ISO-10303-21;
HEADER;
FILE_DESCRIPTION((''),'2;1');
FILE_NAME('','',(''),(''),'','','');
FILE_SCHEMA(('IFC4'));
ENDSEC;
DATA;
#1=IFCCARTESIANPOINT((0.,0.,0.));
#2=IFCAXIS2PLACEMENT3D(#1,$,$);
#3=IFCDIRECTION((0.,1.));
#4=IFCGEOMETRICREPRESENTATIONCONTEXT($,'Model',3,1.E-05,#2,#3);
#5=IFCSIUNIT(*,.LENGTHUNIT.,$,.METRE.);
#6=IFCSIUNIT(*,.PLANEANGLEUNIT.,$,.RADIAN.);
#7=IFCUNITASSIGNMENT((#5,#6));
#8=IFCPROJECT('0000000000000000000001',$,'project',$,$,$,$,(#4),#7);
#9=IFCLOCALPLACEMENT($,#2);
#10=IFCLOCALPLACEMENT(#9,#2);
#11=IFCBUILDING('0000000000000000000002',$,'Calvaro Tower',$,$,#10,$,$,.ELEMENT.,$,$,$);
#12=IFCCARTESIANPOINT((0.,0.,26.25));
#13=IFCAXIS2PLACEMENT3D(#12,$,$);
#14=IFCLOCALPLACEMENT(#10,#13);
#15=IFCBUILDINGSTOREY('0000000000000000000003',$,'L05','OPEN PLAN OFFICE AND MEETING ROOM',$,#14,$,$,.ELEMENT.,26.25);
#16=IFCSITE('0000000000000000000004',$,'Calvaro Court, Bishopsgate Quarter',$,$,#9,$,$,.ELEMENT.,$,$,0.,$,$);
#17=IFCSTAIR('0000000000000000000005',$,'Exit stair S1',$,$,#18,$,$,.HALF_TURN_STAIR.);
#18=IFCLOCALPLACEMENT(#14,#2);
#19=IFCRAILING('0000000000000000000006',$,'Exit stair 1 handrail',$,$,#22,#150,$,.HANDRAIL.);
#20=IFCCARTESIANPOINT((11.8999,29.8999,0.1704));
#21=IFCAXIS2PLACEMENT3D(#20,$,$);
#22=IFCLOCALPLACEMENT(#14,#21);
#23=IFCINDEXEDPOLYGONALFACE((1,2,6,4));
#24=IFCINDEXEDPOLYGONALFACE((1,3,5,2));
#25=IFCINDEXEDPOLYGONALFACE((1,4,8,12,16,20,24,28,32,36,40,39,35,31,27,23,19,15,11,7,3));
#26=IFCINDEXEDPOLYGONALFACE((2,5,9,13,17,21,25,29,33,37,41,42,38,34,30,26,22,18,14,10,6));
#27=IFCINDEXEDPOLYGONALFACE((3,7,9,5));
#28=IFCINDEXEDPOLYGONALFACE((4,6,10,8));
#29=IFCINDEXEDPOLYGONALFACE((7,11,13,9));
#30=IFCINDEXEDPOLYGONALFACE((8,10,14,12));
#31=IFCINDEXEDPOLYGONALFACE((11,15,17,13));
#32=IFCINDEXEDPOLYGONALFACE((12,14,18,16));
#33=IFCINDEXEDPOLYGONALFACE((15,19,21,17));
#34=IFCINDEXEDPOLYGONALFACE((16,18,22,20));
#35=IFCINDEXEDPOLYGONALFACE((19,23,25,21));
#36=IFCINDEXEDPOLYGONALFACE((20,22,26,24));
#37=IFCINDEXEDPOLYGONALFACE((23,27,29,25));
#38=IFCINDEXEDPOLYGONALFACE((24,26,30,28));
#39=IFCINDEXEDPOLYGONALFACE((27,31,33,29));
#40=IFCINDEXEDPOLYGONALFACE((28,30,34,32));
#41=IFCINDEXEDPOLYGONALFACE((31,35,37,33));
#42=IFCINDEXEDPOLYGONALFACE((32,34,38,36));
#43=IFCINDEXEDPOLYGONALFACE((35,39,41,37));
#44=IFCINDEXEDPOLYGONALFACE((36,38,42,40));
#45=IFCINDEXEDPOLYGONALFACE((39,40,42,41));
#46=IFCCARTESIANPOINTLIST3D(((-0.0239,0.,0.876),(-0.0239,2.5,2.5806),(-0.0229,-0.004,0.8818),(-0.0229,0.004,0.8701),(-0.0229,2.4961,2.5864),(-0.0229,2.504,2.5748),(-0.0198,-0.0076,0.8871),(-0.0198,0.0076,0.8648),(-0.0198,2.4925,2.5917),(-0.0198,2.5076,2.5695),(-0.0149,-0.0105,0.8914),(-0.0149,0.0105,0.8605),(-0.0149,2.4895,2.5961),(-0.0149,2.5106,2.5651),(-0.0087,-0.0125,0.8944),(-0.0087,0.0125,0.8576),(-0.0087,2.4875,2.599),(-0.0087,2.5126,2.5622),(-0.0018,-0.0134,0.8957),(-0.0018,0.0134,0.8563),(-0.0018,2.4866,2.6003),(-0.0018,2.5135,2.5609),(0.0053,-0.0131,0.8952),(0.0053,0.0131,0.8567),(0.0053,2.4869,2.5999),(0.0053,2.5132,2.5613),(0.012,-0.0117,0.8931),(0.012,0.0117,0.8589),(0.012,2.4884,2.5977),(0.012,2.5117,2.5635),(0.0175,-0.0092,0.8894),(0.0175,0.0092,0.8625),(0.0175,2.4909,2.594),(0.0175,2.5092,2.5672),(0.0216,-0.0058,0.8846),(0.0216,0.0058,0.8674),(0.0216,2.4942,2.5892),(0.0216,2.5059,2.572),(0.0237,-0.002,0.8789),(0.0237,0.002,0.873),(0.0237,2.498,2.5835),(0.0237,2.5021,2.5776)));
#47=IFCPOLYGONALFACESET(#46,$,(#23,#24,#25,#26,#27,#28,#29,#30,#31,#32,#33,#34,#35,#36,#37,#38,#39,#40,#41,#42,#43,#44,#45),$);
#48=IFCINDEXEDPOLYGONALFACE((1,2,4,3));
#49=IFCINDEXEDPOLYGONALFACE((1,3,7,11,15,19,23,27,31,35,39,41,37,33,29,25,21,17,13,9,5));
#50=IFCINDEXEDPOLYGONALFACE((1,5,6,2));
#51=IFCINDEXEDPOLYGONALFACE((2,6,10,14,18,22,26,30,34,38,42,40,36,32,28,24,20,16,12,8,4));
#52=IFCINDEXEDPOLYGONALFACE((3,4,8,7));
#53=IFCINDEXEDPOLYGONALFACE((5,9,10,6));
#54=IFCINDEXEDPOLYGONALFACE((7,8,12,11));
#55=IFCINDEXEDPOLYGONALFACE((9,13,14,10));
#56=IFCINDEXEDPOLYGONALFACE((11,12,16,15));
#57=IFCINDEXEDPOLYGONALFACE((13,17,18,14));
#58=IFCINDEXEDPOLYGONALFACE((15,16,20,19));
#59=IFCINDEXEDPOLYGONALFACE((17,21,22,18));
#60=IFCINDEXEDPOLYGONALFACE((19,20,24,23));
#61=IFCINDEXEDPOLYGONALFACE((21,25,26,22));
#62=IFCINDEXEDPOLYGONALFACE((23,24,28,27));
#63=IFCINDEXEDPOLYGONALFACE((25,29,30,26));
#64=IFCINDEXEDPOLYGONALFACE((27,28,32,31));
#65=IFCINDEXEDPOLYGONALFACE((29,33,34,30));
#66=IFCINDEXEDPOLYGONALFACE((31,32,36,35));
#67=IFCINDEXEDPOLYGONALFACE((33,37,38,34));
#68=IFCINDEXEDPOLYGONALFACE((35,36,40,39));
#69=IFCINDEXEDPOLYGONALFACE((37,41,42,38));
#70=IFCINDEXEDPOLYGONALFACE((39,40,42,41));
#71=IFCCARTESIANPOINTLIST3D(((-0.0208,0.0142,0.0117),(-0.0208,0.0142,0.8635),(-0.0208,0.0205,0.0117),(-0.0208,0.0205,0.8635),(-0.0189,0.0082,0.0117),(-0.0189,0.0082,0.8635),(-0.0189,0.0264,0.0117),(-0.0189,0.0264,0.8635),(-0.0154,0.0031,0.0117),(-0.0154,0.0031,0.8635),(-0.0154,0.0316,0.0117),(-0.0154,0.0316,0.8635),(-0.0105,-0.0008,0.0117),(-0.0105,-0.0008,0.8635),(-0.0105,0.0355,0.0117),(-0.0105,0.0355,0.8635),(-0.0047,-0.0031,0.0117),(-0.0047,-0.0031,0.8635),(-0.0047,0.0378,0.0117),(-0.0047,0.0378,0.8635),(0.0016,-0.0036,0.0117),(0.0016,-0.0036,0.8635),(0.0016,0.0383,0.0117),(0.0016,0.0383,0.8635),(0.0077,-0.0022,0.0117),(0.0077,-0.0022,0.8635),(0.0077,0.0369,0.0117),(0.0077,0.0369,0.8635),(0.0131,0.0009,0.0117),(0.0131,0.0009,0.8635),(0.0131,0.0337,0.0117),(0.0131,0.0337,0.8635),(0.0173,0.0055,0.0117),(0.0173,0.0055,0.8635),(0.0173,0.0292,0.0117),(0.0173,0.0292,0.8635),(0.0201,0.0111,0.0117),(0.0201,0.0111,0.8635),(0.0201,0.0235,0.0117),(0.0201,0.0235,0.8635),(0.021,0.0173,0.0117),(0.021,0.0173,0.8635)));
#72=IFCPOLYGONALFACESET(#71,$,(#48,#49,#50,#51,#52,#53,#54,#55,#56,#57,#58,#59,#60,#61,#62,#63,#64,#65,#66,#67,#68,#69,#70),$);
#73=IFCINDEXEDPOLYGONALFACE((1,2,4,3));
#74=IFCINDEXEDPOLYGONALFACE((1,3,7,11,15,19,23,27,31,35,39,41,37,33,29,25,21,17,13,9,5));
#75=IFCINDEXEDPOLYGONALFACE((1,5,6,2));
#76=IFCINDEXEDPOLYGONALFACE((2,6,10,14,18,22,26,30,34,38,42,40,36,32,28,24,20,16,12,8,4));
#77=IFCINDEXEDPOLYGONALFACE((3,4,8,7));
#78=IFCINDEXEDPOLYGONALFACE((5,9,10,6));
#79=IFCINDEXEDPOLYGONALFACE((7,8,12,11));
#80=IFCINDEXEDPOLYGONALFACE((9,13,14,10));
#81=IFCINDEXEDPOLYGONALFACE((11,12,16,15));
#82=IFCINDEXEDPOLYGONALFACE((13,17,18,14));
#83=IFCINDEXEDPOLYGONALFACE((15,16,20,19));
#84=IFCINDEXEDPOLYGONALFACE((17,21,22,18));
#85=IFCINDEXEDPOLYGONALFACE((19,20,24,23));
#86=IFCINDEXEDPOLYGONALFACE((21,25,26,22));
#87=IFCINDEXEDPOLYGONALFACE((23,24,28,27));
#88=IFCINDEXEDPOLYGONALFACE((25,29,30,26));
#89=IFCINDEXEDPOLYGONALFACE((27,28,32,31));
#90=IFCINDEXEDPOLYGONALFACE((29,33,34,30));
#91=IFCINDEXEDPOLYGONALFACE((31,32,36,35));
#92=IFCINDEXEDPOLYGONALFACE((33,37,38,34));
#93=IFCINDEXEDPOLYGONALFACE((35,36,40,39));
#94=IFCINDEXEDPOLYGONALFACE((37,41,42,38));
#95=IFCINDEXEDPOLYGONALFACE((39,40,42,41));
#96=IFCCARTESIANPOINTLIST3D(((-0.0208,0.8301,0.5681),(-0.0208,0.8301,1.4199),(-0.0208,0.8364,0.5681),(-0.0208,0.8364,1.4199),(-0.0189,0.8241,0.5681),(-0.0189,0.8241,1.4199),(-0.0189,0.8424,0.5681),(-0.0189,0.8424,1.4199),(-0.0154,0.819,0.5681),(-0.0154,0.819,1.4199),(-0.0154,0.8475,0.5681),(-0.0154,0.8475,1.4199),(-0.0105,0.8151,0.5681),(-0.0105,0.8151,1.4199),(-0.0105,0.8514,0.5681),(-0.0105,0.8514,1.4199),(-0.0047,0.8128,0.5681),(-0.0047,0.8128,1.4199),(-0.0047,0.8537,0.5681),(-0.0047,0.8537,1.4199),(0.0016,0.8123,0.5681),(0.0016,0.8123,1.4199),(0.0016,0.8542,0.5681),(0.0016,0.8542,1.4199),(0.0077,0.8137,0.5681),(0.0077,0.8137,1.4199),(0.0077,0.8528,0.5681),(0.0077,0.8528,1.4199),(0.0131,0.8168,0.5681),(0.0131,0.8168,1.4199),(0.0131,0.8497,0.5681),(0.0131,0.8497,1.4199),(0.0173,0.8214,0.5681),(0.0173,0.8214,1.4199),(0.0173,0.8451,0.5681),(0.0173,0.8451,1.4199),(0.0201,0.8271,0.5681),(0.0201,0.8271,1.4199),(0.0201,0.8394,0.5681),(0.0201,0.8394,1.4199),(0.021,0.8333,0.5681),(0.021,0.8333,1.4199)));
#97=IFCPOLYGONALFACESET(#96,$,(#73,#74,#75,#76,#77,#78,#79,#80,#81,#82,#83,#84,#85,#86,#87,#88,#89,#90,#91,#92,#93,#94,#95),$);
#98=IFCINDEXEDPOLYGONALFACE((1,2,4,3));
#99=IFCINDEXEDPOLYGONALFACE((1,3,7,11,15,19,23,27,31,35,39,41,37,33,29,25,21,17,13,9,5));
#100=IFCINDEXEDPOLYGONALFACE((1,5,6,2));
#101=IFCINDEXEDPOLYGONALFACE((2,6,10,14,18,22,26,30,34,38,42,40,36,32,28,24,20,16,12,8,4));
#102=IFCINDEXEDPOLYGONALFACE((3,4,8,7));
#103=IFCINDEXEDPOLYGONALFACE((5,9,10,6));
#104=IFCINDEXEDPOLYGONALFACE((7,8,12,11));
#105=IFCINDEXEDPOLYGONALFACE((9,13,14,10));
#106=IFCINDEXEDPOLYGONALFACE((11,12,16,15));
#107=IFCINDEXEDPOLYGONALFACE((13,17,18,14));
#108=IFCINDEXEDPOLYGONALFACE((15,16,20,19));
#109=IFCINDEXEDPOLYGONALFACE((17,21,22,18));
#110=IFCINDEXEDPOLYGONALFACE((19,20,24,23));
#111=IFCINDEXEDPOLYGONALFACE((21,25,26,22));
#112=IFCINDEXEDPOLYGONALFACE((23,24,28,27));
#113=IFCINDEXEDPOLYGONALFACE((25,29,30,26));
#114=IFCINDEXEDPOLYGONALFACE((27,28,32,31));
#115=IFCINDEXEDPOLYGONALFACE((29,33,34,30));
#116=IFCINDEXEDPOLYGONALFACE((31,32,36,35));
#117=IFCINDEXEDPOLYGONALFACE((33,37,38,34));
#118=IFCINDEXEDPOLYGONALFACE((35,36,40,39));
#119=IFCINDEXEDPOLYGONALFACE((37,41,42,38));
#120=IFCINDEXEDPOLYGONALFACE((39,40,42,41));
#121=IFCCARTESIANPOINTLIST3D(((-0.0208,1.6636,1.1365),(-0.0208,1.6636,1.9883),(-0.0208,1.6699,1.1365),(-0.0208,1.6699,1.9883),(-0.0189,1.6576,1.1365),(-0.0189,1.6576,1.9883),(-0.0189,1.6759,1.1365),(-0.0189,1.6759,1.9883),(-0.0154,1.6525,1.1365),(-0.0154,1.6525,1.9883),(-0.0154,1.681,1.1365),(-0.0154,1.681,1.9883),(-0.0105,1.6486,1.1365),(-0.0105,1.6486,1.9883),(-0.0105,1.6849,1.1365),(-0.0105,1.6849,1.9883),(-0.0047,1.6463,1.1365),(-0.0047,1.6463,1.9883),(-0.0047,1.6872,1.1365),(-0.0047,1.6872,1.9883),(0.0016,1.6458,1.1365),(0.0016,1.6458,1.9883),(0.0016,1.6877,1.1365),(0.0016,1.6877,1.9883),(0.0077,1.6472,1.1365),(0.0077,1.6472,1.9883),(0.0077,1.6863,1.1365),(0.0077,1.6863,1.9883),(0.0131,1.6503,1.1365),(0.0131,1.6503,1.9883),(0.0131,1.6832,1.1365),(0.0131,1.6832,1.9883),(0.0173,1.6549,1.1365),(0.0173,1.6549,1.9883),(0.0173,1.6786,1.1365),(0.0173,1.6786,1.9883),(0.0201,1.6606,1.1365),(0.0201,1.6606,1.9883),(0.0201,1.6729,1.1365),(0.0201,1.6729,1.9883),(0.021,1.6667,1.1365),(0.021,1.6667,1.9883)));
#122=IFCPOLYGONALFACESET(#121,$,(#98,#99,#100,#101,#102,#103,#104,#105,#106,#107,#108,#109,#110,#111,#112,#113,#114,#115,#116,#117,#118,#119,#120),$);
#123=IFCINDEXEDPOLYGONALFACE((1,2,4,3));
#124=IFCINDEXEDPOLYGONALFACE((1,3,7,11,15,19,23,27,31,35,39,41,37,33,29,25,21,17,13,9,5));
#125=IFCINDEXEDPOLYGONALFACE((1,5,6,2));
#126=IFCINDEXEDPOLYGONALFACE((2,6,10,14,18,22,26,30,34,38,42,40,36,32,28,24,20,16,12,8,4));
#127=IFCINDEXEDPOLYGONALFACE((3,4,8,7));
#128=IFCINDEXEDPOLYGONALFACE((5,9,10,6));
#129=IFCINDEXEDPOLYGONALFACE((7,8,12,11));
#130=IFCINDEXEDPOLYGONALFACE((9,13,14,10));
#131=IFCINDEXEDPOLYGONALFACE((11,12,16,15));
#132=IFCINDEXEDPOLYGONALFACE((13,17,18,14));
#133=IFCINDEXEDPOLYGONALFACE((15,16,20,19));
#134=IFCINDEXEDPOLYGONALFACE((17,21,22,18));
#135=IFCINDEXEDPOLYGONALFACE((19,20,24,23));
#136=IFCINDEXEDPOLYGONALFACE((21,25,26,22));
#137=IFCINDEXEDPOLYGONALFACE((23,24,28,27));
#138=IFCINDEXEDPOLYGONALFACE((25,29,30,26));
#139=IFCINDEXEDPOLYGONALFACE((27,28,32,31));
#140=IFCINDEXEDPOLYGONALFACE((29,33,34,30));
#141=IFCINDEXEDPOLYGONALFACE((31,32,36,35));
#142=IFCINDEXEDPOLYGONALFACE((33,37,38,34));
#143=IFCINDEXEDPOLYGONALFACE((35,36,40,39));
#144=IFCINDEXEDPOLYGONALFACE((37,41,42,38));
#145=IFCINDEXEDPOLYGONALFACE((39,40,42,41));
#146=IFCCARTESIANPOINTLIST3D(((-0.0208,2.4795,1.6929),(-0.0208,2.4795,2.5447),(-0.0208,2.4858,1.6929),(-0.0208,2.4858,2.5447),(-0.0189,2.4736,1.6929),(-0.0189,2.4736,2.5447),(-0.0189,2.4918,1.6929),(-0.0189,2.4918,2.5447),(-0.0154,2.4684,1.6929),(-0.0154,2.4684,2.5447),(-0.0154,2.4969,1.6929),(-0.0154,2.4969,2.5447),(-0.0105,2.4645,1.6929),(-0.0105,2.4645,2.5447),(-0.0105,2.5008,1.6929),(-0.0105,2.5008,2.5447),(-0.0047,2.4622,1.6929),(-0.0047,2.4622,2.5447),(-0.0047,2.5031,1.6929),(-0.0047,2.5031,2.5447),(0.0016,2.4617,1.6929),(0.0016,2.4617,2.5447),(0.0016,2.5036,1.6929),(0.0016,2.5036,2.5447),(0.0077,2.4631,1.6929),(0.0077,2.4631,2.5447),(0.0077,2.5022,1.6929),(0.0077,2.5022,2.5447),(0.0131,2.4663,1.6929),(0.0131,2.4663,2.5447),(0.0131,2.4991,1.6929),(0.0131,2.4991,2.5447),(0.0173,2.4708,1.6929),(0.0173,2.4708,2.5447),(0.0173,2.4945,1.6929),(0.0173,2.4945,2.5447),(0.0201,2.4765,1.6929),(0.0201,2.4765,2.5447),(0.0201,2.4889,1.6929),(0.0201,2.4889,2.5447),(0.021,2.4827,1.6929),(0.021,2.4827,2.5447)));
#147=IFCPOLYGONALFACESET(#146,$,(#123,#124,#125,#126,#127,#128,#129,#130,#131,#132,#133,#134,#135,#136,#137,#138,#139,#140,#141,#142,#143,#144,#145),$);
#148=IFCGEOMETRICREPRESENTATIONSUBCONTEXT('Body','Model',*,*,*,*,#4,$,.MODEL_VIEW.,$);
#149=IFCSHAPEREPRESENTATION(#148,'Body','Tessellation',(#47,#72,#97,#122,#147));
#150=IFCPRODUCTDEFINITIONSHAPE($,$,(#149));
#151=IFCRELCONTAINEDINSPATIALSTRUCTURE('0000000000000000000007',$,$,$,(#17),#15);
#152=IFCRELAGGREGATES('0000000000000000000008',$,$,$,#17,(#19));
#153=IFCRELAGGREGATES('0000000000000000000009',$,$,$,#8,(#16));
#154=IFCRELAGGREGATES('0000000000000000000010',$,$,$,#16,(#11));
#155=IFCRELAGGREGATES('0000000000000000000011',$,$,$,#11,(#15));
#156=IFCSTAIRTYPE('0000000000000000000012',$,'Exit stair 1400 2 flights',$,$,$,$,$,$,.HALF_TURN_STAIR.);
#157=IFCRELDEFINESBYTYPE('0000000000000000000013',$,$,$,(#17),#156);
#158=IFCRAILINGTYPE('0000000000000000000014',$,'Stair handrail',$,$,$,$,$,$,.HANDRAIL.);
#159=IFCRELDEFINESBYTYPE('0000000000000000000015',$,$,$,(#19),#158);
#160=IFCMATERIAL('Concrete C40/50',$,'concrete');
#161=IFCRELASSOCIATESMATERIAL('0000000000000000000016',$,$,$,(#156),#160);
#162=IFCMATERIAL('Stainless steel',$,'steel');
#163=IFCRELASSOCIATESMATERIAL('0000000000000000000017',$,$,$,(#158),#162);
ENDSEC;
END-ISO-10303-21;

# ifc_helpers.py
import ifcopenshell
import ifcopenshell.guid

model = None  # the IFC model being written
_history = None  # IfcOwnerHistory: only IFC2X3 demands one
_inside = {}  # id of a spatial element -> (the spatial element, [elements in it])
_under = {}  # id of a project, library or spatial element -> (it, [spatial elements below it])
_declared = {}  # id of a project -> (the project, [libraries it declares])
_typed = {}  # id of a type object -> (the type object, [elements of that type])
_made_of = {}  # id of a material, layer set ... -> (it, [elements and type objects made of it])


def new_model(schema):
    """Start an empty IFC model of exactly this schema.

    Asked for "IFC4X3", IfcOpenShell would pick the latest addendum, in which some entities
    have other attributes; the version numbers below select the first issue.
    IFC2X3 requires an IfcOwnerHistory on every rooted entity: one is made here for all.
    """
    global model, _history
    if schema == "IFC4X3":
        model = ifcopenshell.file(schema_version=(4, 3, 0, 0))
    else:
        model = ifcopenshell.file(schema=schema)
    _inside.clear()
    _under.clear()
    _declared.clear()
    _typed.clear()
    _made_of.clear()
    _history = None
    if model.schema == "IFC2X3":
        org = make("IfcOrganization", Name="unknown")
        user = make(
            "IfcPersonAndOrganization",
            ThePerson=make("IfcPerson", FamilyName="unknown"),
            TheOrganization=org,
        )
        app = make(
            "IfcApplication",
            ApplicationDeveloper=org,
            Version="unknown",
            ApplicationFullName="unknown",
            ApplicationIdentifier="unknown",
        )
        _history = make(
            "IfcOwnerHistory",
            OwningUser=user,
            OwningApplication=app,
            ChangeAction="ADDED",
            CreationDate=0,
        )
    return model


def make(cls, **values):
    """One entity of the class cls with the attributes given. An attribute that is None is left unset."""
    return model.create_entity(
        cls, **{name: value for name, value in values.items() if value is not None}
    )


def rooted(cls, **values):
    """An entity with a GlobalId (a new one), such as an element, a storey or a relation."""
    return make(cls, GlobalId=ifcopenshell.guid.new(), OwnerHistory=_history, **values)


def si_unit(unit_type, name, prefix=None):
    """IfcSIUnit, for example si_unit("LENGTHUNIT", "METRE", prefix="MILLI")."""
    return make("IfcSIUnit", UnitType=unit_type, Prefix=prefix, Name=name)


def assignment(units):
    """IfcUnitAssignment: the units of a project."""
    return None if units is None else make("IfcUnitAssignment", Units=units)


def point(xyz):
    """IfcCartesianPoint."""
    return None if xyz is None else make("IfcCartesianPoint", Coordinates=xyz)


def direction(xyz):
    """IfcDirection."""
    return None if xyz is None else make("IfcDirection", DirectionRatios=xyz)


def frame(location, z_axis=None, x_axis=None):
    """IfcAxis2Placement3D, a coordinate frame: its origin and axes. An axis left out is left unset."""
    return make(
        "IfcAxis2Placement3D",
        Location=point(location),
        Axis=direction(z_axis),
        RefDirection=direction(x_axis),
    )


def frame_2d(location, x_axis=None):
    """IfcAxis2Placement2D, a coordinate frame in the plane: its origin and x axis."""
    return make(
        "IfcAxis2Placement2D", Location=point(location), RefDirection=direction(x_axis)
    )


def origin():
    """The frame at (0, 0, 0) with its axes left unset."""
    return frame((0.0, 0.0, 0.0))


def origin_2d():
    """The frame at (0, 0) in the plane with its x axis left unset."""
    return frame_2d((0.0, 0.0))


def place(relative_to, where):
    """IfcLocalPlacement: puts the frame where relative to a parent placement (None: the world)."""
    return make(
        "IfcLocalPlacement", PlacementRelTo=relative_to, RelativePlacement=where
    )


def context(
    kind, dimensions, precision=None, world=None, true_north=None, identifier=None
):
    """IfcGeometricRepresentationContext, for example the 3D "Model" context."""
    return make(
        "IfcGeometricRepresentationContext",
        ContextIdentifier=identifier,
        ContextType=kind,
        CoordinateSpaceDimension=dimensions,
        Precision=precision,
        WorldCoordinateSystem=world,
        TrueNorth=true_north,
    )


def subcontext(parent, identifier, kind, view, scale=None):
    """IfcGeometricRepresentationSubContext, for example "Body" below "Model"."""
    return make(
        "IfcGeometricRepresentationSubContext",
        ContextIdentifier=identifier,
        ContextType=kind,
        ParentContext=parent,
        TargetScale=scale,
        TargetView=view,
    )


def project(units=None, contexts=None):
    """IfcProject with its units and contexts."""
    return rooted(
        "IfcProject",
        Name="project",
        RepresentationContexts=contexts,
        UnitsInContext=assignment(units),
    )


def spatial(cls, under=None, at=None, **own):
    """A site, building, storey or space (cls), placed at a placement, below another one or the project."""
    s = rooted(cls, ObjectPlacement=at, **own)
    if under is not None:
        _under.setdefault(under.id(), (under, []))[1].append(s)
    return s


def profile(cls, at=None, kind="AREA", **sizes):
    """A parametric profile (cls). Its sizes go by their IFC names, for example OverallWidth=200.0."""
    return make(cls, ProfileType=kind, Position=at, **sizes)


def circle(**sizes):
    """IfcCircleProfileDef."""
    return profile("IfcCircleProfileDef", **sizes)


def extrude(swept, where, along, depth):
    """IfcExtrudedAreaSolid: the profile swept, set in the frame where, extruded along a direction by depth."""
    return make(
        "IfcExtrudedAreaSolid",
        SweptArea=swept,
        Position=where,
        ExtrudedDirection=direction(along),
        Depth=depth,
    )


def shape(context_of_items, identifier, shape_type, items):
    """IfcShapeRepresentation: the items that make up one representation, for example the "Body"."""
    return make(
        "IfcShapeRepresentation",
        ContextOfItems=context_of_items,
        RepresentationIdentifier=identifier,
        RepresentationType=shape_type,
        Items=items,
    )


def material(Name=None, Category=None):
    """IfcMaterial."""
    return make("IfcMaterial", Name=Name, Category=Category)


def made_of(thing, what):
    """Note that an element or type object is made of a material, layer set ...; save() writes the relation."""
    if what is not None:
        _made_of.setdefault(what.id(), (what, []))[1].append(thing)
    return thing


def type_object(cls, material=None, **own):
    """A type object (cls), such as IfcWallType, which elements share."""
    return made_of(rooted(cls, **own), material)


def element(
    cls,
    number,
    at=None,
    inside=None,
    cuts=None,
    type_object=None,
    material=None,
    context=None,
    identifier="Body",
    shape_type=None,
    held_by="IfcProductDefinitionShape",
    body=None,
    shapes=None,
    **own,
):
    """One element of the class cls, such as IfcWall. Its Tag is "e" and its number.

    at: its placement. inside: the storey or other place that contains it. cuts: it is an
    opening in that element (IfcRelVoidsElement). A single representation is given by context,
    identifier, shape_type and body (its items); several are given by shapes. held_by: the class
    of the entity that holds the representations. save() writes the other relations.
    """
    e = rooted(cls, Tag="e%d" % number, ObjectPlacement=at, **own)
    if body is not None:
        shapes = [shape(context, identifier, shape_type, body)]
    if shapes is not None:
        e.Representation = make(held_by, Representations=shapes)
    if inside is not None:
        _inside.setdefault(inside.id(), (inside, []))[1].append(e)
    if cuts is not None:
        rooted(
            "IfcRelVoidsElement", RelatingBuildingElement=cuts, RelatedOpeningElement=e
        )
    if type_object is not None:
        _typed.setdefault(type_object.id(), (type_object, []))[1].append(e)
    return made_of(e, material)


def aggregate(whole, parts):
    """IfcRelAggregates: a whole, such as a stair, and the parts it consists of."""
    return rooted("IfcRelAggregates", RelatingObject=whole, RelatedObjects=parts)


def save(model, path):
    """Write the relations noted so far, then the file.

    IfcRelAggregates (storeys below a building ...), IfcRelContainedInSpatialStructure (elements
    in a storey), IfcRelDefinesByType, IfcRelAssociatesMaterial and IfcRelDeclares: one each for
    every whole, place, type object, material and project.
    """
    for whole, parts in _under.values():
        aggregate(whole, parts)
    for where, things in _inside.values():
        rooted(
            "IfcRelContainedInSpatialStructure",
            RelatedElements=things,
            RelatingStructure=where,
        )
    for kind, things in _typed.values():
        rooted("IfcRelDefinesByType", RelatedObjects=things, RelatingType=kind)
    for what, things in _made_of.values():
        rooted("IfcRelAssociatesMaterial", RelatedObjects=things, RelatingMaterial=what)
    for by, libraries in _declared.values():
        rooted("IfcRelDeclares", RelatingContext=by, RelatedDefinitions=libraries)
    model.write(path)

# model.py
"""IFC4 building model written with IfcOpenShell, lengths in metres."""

from ifc_helpers import new_model, si_unit, direction, frame, origin, origin_2d, place, context, subcontext, project, spatial, circle, extrude, material, type_object, element, aggregate, save


model = new_model("IFC4")

# Units and contexts
model_context = context("Model", 3, precision=1e-05, world=origin(), true_north=direction((0.0, 1.0)))
body_context = subcontext(model_context, "Body", "Model", "MODEL_VIEW")
ifc_project = project(units=[si_unit("LENGTHUNIT", "METRE"), si_unit("PLANEANGLEUNIT", "RADIAN")], contexts=[model_context])

# Site, building, storey
site_placement = place(None, origin())
site = spatial("IfcSite", under=ifc_project, at=site_placement, Name="Calvaro Court, Bishopsgate Quarter", CompositionType="ELEMENT", RefElevation=0.0)
building_placement = place(site_placement, origin())
building = spatial("IfcBuilding", under=site, at=building_placement, Name="Calvaro Tower", CompositionType="ELEMENT")
storey_placement = place(building_placement, frame((0.0, 0.0, 26.25)))
storey = spatial("IfcBuildingStorey", under=building, at=storey_placement, Name="L05", Description="OPEN PLAN OFFICE AND MEETING ROOM", CompositionType="ELEMENT", Elevation=26.25)

# Stair, railing
ifc_material_1 = material(Name="Concrete C40/50", Category="concrete")
stair_type = type_object("IfcStairType", Name="Exit stair 1400 2 flights", PredefinedType="HALF_TURN_STAIR", material=ifc_material_1)
stair_placement = place(storey_placement, origin())
stair = element("IfcStair", 1, at=stair_placement, inside=storey, type_object=stair_type, Name="Exit stair S1", PredefinedType="HALF_TURN_STAIR")
ifc_material_2 = material(Name="Stainless steel", Category="steel")
railing_type = type_object("IfcRailingType", Name="Stair handrail", PredefinedType="HANDRAIL", material=ifc_material_2)
railing_1_placement = place(storey_placement, frame((11.8999, 29.8999, 0.1704)))
railing_1 = element("IfcRailing", 2, at=railing_1_placement, type_object=railing_type, Name="Exit stair 1 handrail", PredefinedType="HANDRAIL", context=body_context, shape_type="SweptSolid", body=[
    extrude(circle(Radius=0.0239, at=origin_2d()), frame((0.0, 0.0, 0.876), z_axis=(0.0, 0.826221, 0.563347), x_axis=(-1.0, 0.0, 0.0)), (0.0, 0.0, 1.0), 3.0259),
    extrude(circle(Radius=0.021, at=origin_2d()), frame((0.0, 0.0173, 0.0117)), (0.0, 0.0, 1.0), 0.8518),
    extrude(circle(Radius=0.021, at=origin_2d()), frame((0.0, 0.8333, 0.5681)), (0.0, 0.0, 1.0), 0.8518),
    extrude(circle(Radius=0.021, at=origin_2d()), frame((0.0, 1.6667, 1.1365)), (0.0, 0.0, 1.0), 0.8518),
    extrude(circle(Radius=0.021, at=origin_2d()), frame((0.0, 2.4827, 1.6929)), (0.0, 0.0, 1.0), 0.8518),
])
aggregate(stair, [railing_1])

save(model, "model.ifc")
